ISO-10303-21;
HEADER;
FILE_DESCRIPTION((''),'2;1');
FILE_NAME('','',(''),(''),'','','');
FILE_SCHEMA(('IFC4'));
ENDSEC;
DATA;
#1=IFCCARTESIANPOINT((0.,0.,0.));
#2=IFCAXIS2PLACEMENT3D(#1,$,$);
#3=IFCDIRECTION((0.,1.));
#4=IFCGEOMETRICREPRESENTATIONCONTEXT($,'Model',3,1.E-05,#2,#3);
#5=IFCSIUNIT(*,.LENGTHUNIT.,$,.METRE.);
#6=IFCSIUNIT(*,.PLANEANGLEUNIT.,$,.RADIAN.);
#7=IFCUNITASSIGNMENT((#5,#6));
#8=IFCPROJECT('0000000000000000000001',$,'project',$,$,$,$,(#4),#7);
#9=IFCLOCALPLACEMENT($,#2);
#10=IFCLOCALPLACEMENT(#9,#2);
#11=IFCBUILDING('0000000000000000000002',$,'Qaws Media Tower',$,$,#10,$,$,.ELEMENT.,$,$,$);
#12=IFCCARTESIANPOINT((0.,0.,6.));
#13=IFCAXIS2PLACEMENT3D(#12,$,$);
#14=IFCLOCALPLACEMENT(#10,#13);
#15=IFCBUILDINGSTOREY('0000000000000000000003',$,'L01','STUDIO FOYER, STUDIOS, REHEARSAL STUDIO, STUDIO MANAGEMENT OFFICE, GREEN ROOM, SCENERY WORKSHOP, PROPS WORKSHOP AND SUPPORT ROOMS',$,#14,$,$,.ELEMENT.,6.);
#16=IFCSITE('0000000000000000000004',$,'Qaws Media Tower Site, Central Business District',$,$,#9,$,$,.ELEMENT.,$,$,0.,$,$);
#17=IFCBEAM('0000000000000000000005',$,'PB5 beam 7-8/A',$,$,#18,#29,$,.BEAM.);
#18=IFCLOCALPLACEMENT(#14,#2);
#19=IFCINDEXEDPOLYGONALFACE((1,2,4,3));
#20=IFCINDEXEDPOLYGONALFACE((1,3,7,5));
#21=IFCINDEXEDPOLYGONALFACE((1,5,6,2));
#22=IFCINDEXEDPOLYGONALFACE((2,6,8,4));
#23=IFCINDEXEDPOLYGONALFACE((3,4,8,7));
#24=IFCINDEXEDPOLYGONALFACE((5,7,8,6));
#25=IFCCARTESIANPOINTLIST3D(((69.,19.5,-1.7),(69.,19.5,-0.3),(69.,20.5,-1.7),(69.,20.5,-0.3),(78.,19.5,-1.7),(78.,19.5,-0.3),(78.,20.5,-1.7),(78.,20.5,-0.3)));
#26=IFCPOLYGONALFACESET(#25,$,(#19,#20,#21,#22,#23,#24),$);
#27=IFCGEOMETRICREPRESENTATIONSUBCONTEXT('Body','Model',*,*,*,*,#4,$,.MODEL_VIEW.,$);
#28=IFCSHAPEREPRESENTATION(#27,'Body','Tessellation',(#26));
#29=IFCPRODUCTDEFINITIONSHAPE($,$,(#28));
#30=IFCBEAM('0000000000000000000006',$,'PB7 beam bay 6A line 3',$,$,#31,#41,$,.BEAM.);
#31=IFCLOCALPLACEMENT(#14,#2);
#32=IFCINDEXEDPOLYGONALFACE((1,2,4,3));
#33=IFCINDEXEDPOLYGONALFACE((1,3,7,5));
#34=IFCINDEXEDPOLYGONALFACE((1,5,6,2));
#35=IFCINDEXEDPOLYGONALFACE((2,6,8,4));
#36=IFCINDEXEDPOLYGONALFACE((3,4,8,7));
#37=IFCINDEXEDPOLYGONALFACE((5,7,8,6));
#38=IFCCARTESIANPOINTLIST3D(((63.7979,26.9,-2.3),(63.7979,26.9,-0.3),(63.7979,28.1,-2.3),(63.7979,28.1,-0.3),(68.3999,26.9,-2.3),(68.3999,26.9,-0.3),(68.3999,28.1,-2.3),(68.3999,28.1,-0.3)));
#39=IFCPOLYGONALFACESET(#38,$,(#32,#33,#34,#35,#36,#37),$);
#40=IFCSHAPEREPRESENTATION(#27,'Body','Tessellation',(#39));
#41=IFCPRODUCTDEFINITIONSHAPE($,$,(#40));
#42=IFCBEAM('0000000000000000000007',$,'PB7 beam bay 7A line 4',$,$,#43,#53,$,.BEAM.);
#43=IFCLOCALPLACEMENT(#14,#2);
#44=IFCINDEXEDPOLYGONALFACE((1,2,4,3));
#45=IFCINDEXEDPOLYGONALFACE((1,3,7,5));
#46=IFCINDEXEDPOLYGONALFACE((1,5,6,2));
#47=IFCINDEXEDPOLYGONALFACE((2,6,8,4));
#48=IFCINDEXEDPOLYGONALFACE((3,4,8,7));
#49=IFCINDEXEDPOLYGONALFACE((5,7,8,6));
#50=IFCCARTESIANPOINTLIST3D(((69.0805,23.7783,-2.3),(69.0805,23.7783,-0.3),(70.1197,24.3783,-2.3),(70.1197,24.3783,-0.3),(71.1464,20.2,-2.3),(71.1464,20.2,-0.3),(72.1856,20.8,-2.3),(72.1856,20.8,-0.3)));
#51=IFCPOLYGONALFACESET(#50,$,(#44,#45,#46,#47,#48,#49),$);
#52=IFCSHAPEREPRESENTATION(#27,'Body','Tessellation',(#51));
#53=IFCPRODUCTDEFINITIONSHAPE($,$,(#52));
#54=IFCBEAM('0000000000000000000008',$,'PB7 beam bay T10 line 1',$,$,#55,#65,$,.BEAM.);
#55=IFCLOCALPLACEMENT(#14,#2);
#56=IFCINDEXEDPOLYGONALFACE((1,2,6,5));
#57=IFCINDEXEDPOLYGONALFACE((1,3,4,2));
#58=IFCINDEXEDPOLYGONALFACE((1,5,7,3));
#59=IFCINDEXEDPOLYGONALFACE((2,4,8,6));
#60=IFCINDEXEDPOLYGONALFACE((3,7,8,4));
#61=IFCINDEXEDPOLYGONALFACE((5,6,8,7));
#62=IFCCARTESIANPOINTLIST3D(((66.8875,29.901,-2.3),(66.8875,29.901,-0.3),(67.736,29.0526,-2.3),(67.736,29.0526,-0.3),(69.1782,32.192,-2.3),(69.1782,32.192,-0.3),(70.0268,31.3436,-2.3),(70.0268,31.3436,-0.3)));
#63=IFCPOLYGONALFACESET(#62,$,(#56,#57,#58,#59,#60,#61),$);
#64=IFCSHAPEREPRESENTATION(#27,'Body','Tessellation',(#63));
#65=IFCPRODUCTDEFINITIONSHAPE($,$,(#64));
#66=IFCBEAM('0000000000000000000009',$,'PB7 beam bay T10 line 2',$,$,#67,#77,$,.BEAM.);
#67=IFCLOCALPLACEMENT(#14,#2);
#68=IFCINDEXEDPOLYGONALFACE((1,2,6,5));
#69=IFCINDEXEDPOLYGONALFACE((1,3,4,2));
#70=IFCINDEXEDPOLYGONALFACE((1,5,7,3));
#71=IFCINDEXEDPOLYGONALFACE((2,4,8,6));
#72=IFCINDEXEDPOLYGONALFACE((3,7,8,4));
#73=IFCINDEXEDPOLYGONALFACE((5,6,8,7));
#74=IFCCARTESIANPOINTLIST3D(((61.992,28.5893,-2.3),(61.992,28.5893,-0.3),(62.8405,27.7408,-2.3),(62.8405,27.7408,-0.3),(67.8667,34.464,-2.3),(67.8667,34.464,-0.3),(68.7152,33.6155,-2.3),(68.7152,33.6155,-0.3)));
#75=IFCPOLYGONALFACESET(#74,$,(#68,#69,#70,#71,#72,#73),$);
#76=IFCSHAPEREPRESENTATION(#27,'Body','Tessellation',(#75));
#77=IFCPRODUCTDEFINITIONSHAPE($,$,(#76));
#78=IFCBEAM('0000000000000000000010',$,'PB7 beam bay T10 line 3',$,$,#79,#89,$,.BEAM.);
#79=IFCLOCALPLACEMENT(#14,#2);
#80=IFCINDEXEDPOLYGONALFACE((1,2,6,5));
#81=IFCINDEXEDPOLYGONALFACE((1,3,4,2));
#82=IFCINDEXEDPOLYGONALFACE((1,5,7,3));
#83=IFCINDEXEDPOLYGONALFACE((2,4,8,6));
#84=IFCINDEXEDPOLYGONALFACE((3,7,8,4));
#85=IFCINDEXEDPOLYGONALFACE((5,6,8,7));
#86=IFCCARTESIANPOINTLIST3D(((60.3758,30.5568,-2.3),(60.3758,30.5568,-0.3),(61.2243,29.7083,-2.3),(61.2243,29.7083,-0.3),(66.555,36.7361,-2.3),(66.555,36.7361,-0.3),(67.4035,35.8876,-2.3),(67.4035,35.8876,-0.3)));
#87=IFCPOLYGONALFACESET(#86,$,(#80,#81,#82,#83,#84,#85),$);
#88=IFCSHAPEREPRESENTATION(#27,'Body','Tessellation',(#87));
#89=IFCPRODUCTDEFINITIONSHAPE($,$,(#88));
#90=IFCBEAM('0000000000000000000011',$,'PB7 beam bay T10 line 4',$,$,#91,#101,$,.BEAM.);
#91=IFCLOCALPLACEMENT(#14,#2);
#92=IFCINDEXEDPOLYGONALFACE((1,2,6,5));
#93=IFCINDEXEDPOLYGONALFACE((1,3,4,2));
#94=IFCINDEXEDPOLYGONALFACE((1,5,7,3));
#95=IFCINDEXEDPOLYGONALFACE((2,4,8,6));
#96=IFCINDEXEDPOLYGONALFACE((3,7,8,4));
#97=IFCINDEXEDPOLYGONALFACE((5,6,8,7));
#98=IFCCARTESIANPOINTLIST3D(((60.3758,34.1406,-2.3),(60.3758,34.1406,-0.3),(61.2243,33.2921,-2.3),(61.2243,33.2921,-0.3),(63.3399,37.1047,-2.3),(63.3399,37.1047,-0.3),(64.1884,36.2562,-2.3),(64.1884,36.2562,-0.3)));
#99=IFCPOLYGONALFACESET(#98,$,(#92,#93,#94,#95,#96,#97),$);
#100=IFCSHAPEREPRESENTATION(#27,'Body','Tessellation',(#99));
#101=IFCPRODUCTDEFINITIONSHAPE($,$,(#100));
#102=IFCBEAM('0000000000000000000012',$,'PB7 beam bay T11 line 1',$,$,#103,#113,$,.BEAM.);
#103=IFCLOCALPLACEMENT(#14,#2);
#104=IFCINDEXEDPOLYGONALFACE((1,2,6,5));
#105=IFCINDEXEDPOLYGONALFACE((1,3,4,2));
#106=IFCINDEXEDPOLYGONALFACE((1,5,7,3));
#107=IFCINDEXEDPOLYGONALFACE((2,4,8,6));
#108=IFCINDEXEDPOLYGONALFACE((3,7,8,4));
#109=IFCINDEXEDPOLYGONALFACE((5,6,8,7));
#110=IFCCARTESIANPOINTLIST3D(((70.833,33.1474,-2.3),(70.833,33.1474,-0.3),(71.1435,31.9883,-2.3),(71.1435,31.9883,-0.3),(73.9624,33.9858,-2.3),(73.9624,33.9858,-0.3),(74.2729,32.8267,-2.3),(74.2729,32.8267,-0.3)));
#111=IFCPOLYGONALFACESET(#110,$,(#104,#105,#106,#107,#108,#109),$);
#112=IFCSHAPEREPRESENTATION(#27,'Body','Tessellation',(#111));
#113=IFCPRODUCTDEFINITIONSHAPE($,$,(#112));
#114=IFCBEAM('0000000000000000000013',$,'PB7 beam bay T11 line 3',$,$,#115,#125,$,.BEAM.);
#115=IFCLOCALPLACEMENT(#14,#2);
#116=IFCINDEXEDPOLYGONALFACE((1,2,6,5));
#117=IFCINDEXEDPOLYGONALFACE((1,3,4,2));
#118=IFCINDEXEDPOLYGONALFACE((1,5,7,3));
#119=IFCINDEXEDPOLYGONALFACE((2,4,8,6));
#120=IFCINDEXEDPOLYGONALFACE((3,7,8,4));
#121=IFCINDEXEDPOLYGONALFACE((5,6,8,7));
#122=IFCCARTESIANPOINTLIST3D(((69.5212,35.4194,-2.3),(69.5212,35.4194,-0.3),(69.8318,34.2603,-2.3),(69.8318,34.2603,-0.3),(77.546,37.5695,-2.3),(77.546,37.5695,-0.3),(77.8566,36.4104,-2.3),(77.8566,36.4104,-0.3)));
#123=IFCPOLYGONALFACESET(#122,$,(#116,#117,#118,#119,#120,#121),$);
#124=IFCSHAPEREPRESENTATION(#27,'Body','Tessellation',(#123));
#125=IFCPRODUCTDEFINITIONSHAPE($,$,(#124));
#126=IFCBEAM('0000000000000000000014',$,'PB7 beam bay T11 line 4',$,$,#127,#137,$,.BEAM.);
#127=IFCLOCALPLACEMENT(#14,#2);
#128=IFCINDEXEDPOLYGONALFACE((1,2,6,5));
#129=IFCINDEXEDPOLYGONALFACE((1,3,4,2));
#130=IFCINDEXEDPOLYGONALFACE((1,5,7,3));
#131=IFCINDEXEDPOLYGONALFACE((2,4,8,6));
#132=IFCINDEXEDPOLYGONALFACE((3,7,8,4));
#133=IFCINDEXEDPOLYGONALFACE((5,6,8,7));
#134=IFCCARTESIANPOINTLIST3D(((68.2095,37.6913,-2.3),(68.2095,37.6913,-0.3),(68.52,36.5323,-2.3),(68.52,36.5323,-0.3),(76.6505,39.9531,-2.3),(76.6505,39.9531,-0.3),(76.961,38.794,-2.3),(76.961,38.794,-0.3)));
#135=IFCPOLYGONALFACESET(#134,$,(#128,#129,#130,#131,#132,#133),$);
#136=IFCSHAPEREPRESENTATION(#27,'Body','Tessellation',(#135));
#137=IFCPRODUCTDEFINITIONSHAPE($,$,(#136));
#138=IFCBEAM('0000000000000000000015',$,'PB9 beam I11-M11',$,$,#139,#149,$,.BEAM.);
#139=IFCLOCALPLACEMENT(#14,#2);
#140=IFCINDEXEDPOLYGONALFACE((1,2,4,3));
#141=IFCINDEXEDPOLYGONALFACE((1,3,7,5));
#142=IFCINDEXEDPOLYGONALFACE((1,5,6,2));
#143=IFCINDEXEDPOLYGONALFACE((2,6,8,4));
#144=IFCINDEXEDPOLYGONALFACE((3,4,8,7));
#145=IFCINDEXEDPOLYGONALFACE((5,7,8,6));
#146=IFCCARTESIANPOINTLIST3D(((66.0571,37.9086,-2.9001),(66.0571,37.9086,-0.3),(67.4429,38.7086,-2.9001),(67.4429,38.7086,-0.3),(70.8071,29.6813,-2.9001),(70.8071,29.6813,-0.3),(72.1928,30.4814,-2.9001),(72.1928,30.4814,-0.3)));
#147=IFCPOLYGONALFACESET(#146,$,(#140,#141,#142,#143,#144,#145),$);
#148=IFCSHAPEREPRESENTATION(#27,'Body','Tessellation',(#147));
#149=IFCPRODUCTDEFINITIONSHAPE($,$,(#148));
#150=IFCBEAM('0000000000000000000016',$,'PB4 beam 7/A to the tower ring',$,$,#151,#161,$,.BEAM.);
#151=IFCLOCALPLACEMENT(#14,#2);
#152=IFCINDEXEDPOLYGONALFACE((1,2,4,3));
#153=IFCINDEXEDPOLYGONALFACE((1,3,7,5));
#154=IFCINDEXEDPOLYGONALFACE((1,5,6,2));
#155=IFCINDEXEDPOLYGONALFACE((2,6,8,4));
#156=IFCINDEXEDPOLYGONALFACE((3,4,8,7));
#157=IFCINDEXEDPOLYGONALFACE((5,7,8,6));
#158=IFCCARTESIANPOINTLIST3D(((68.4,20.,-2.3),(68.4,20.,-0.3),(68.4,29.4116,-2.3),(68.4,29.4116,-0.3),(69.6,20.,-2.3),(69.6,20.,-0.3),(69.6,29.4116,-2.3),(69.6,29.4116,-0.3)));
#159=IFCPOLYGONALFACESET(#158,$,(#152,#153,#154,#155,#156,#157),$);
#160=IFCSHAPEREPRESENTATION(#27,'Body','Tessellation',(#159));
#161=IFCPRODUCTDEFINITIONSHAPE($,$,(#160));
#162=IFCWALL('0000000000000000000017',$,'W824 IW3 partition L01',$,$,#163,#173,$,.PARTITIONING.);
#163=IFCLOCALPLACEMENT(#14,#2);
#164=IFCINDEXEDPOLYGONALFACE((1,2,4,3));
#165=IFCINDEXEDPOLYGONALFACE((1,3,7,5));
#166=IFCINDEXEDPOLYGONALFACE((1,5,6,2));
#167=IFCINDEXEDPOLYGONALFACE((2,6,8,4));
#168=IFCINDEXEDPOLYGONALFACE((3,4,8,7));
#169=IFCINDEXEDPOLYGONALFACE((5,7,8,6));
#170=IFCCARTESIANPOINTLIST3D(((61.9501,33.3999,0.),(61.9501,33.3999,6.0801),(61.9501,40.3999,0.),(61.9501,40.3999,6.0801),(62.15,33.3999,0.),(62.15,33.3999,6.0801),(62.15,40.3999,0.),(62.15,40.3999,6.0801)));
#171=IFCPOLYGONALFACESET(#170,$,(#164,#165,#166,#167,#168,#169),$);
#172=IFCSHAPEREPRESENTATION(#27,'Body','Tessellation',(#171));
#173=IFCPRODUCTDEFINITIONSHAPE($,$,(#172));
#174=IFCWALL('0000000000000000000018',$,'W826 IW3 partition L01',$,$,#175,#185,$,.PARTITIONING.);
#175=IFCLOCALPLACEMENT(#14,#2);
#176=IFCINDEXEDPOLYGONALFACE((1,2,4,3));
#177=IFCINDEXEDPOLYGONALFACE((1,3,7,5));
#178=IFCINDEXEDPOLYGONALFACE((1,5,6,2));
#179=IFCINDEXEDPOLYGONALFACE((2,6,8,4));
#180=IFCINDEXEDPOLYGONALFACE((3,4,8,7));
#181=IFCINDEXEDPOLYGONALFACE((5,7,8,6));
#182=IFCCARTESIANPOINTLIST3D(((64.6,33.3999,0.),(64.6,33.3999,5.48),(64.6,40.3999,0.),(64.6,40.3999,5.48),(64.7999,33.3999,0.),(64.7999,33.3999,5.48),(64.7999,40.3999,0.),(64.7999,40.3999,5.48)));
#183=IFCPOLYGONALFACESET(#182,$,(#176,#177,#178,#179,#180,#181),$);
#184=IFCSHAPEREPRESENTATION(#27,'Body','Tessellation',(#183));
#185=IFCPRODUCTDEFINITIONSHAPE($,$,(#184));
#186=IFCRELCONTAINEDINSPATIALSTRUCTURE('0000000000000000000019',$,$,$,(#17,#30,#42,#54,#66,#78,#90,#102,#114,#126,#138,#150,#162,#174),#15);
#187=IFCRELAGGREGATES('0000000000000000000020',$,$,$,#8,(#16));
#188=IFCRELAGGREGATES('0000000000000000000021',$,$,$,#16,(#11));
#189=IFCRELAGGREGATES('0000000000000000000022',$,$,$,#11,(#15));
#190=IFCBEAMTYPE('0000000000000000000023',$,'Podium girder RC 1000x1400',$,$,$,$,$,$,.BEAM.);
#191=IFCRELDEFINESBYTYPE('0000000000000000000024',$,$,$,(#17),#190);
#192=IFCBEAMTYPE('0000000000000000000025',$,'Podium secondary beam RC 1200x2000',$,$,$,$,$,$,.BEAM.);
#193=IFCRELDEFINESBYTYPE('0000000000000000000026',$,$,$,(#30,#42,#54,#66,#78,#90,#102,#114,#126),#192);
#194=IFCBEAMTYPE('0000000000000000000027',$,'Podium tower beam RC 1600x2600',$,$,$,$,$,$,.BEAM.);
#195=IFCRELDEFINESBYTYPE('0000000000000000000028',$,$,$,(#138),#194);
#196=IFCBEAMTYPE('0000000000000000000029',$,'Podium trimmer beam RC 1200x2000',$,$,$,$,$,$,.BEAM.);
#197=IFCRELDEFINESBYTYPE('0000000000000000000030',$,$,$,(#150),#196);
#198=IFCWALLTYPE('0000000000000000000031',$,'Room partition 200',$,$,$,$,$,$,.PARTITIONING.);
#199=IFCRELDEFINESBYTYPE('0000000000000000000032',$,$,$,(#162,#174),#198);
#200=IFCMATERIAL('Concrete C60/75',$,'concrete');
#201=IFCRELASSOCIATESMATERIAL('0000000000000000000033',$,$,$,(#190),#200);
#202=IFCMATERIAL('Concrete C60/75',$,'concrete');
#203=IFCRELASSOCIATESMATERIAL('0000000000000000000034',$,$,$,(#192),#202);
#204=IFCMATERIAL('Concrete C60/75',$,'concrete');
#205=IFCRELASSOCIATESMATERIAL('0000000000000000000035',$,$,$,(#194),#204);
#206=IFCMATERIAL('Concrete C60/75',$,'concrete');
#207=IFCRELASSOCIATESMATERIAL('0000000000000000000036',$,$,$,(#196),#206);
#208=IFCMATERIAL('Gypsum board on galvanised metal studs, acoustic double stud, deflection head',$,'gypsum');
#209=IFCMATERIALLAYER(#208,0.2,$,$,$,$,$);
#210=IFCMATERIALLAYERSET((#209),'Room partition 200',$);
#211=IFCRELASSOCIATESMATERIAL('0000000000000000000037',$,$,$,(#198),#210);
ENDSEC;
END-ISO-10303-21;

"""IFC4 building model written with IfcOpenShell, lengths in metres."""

from ifc_helpers import new_model, si_unit, direction, frame, frame_2d, origin, origin_2d, place, context, subcontext, project, spatial, rectangle, extrude, material, layer, layer_set, material_profile, profile_set, type_object, element, save


model = new_model("IFC4")

# Units and contexts
model_context = context("Model", 3, precision=1e-05, world=origin(), true_north=direction((0.0, 1.0)))
body_context = subcontext(model_context, "Body", "Model", "MODEL_VIEW")
ifc_project = project(units=[si_unit("LENGTHUNIT", "METRE"), si_unit("PLANEANGLEUNIT", "RADIAN")], contexts=[model_context])

# Site, building, storey
site_placement = place(None, origin())
site = spatial("IfcSite", under=ifc_project, at=site_placement, Name="Qaws Media Tower Site, Central Business District", CompositionType="ELEMENT", RefElevation=0.0)
building_placement = place(site_placement, origin())
building = spatial("IfcBuilding", under=site, at=building_placement, Name="Qaws Media Tower", CompositionType="ELEMENT")
storey_placement = place(building_placement, frame((0.0, 0.0, 6.0)))
storey = spatial("IfcBuildingStorey", under=building, at=storey_placement, Name="L01", Description="STUDIO FOYER, STUDIOS, REHEARSAL STUDIO, STUDIO MANAGEMENT OFFICE, GREEN ROOM, SCENERY WORKSHOP, PROPS WORKSHOP AND SUPPORT ROOMS", CompositionType="ELEMENT", Elevation=6.0)

# Beams
ifc_material_1 = material(Name="Concrete C60/75", Category="concrete")
ifc_material_profile_1 = material_profile(ifc_material_1, rectangle(XDim=1.0, YDim=1.3999, at=origin_2d()), Name="RC 1000x1400")
ifc_profile_set_1 = profile_set([ifc_material_profile_1], Name="Concrete C60/75")
beam_type_1 = type_object("IfcBeamType", Name="Podium girder RC 1000x1400", PredefinedType="BEAM", material=ifc_profile_set_1)
beam_1_placement = place(storey_placement, frame((69.0, 20.0, -1.0), z_axis=(1.0, 0.0, 0.0), x_axis=(0.0, 1.0, 0.0)))
element("IfcBeam", 1, at=beam_1_placement, inside=storey, type_object=beam_type_1, Name="PB5 beam 7-8/A", PredefinedType="BEAM", context=body_context, shape_type="SweptSolid", body=[
    extrude(rectangle(XDim=1.0, YDim=1.3999, at=origin_2d()), origin(), (0.0, 0.0, 1.0), 9.0),
])
ifc_material_2 = material(Name="Concrete C60/75", Category="concrete")
ifc_material_profile_2 = material_profile(ifc_material_2, rectangle(XDim=1.2, YDim=2.0, at=origin_2d()), Name="RC 1200x2000")
ifc_profile_set_2 = profile_set([ifc_material_profile_2], Name="Concrete C60/75")
beam_type_2 = type_object("IfcBeamType", Name="Podium secondary beam RC 1200x2000", PredefinedType="BEAM", material=ifc_profile_set_2)
beam_2_placement = place(storey_placement, frame((63.7979, 27.5, -1.3), z_axis=(1.0, 0.0, 0.0), x_axis=(0.0, 1.0, 0.0)))
element("IfcBeam", 2, at=beam_2_placement, inside=storey, type_object=beam_type_2, Name="PB7 beam bay 6A line 3", PredefinedType="BEAM", context=body_context, shape_type="SweptSolid", body=[
    extrude(rectangle(XDim=1.2, YDim=2.0, at=origin_2d()), origin(), (0.0, 0.0, 1.0), 4.6021),
])
beam_3_placement = place(storey_placement, frame((71.666, 20.5, -1.3), z_axis=(-0.49999, 0.866031, 0.0), x_axis=(-0.866031, -0.49999, 0.0)))
element("IfcBeam", 3, at=beam_3_placement, inside=storey, type_object=beam_type_2, Name="PB7 beam bay 7A line 4", PredefinedType="BEAM", context=body_context, shape_type="SweptSolid", body=[
    extrude(rectangle(XDim=1.2, YDim=2.0, at=origin_2d()), origin(), (0.0, 0.0, 1.0), 4.1318),
])
beam_4_placement = place(storey_placement, frame((67.3118, 29.4768, -1.3), z_axis=(0.707069, 0.707144, 0.0), x_axis=(-0.707144, 0.707069, 0.0)))
element("IfcBeam", 4, at=beam_4_placement, inside=storey, type_object=beam_type_2, Name="PB7 beam bay T10 line 1", PredefinedType="BEAM", context=body_context, shape_type="SweptSolid", body=[
    extrude(rectangle(XDim=1.2, YDim=2.0, at=origin_2d()), origin(), (0.0, 0.0, 1.0), 3.2397),
])
beam_5_placement = place(storey_placement, frame((62.4163, 28.165, -1.3), z_axis=(0.707107, 0.707107, 0.0), x_axis=(-0.707107, 0.707107, 0.0)))
element("IfcBeam", 5, at=beam_5_placement, inside=storey, type_object=beam_type_2, Name="PB7 beam bay T10 line 2", PredefinedType="BEAM", context=body_context, shape_type="SweptSolid", body=[
    extrude(rectangle(XDim=1.2, YDim=2.0, at=origin_2d()), origin(), (0.0, 0.0, 1.0), 8.3081),
])
beam_6_placement = place(storey_placement, frame((60.8, 30.1326, -1.3), z_axis=(0.707107, 0.707107, 0.0), x_axis=(-0.707107, 0.707107, 0.0)))
element("IfcBeam", 6, at=beam_6_placement, inside=storey, type_object=beam_type_2, Name="PB7 beam bay T10 line 3", PredefinedType="BEAM", context=body_context, shape_type="SweptSolid", body=[
    extrude(rectangle(XDim=1.2, YDim=2.0, at=origin_2d()), origin(), (0.0, 0.0, 1.0), 8.7388),
])
beam_7_placement = place(storey_placement, frame((60.8, 33.7163, -1.3), z_axis=(0.707107, 0.707107, 0.0), x_axis=(-0.707107, 0.707107, 0.0)))
element("IfcBeam", 7, at=beam_7_placement, inside=storey, type_object=beam_type_2, Name="PB7 beam bay T10 line 4", PredefinedType="BEAM", context=body_context, shape_type="SweptSolid", body=[
    extrude(rectangle(XDim=1.2, YDim=2.0, at=origin_2d()), origin(), (0.0, 0.0, 1.0), 4.1919),
])
beam_8_placement = place(storey_placement, frame((70.9883, 32.5679, -1.3), z_axis=(0.965937, 0.258779, 0.0), x_axis=(-0.258779, 0.965937, 0.0)))
element("IfcBeam", 8, at=beam_8_placement, inside=storey, type_object=beam_type_2, Name="PB7 beam bay T11 line 1", PredefinedType="BEAM", context=body_context, shape_type="SweptSolid", body=[
    extrude(rectangle(XDim=1.2, YDim=2.0, at=origin_2d()), origin(), (0.0, 0.0, 1.0), 3.2397),
])
beam_9_placement = place(storey_placement, frame((69.6765, 34.8398, -1.3), z_axis=(0.965929, 0.258806, 0.0), x_axis=(-0.258806, 0.965929, 0.0)))
element("IfcBeam", 9, at=beam_9_placement, inside=storey, type_object=beam_type_2, Name="PB7 beam bay T11 line 3", PredefinedType="BEAM", context=body_context, shape_type="SweptSolid", body=[
    extrude(rectangle(XDim=1.2, YDim=2.0, at=origin_2d()), origin(), (0.0, 0.0, 1.0), 8.3079),
])
beam_10_placement = place(storey_placement, frame((68.3647, 37.1118, -1.3), z_axis=(0.965926, 0.258817, 0.0), x_axis=(-0.258817, 0.965926, 0.0)))
element("IfcBeam", 10, at=beam_10_placement, inside=storey, type_object=beam_type_2, Name="PB7 beam bay T11 line 4", PredefinedType="BEAM", context=body_context, shape_type="SweptSolid", body=[
    extrude(rectangle(XDim=1.2, YDim=2.0, at=origin_2d()), origin(), (0.0, 0.0, 1.0), 8.7388),
])
ifc_material_3 = material(Name="Concrete C60/75", Category="concrete")
ifc_material_profile_3 = material_profile(ifc_material_3, rectangle(XDim=1.6001, YDim=2.6001, at=origin_2d()), Name="RC 1600x2600")
ifc_profile_set_3 = profile_set([ifc_material_profile_3], Name="Concrete C60/75")
beam_type_3 = type_object("IfcBeamType", Name="Podium tower beam RC 1600x2600", PredefinedType="BEAM", material=ifc_profile_set_3)
beam_11_placement = place(storey_placement, frame((66.75, 38.3086, -1.6001), z_axis=(0.499998, -0.866027, 0.0), x_axis=(0.866027, 0.499998, 0.0)))
element("IfcBeam", 11, at=beam_11_placement, inside=storey, type_object=beam_type_3, Name="PB9 beam I11-M11", PredefinedType="BEAM", context=body_context, shape_type="SweptSolid", body=[
    extrude(rectangle(XDim=1.6001, YDim=2.6001, at=origin_2d()), origin(), (0.0, 0.0, 1.0), 9.5),
])
ifc_material_4 = material(Name="Concrete C60/75", Category="concrete")
ifc_material_profile_4 = material_profile(ifc_material_4, rectangle(XDim=1.2, YDim=2.0, at=origin_2d()), Name="RC 1200x2000")
ifc_profile_set_4 = profile_set([ifc_material_profile_4], Name="Concrete C60/75")
beam_type_4 = type_object("IfcBeamType", Name="Podium trimmer beam RC 1200x2000", PredefinedType="BEAM", material=ifc_profile_set_4)
beam_12_placement = place(storey_placement, frame((69.0, 20.0, -1.3), z_axis=(0.0, 1.0, 0.0), x_axis=(-1.0, 0.0, 0.0)))
element("IfcBeam", 12, at=beam_12_placement, inside=storey, type_object=beam_type_4, Name="PB4 beam 7/A to the tower ring", PredefinedType="BEAM", context=body_context, shape_type="SweptSolid", body=[
    extrude(rectangle(XDim=1.2, YDim=2.0, at=origin_2d()), origin(), (0.0, 0.0, 1.0), 9.4116),
])

# Walls
ifc_material_5 = material(Name="Gypsum board on galvanised metal studs, acoustic double stud, deflection head", Category="gypsum")
ifc_layer = layer(ifc_material_5, 0.2)
ifc_layer_set = layer_set([ifc_layer], Name="Room partition 200")
wall_type = type_object("IfcWallType", Name="Room partition 200", PredefinedType="PARTITIONING", material=ifc_layer_set)
wall_1_placement = place(storey_placement, frame((62.05, 33.3999, 0.0), z_axis=(0.0, 0.0, 1.0), x_axis=(0.0, 1.0, 0.0)))
element("IfcWall", 13, at=wall_1_placement, inside=storey, type_object=wall_type, Name="W824 IW3 partition L01", PredefinedType="PARTITIONING", context=body_context, shape_type="SweptSolid", body=[
    extrude(rectangle(XDim=7.0, YDim=0.2, at=frame_2d((3.5, 0.0))), origin(), (0.0, 0.0, 1.0), 6.0801),
])
wall_2_placement = place(storey_placement, frame((64.7, 33.3999, 0.0), z_axis=(0.0, 0.0, 1.0), x_axis=(0.0, 1.0, 0.0)))
element("IfcWall", 14, at=wall_2_placement, inside=storey, type_object=wall_type, Name="W826 IW3 partition L01", PredefinedType="PARTITIONING", context=body_context, shape_type="SweptSolid", body=[
    extrude(rectangle(XDim=7.0, YDim=0.2, at=frame_2d((3.5, 0.0))), origin(), (0.0, 0.0, 1.0), 5.48),
])

save(model, "model.ifc")
